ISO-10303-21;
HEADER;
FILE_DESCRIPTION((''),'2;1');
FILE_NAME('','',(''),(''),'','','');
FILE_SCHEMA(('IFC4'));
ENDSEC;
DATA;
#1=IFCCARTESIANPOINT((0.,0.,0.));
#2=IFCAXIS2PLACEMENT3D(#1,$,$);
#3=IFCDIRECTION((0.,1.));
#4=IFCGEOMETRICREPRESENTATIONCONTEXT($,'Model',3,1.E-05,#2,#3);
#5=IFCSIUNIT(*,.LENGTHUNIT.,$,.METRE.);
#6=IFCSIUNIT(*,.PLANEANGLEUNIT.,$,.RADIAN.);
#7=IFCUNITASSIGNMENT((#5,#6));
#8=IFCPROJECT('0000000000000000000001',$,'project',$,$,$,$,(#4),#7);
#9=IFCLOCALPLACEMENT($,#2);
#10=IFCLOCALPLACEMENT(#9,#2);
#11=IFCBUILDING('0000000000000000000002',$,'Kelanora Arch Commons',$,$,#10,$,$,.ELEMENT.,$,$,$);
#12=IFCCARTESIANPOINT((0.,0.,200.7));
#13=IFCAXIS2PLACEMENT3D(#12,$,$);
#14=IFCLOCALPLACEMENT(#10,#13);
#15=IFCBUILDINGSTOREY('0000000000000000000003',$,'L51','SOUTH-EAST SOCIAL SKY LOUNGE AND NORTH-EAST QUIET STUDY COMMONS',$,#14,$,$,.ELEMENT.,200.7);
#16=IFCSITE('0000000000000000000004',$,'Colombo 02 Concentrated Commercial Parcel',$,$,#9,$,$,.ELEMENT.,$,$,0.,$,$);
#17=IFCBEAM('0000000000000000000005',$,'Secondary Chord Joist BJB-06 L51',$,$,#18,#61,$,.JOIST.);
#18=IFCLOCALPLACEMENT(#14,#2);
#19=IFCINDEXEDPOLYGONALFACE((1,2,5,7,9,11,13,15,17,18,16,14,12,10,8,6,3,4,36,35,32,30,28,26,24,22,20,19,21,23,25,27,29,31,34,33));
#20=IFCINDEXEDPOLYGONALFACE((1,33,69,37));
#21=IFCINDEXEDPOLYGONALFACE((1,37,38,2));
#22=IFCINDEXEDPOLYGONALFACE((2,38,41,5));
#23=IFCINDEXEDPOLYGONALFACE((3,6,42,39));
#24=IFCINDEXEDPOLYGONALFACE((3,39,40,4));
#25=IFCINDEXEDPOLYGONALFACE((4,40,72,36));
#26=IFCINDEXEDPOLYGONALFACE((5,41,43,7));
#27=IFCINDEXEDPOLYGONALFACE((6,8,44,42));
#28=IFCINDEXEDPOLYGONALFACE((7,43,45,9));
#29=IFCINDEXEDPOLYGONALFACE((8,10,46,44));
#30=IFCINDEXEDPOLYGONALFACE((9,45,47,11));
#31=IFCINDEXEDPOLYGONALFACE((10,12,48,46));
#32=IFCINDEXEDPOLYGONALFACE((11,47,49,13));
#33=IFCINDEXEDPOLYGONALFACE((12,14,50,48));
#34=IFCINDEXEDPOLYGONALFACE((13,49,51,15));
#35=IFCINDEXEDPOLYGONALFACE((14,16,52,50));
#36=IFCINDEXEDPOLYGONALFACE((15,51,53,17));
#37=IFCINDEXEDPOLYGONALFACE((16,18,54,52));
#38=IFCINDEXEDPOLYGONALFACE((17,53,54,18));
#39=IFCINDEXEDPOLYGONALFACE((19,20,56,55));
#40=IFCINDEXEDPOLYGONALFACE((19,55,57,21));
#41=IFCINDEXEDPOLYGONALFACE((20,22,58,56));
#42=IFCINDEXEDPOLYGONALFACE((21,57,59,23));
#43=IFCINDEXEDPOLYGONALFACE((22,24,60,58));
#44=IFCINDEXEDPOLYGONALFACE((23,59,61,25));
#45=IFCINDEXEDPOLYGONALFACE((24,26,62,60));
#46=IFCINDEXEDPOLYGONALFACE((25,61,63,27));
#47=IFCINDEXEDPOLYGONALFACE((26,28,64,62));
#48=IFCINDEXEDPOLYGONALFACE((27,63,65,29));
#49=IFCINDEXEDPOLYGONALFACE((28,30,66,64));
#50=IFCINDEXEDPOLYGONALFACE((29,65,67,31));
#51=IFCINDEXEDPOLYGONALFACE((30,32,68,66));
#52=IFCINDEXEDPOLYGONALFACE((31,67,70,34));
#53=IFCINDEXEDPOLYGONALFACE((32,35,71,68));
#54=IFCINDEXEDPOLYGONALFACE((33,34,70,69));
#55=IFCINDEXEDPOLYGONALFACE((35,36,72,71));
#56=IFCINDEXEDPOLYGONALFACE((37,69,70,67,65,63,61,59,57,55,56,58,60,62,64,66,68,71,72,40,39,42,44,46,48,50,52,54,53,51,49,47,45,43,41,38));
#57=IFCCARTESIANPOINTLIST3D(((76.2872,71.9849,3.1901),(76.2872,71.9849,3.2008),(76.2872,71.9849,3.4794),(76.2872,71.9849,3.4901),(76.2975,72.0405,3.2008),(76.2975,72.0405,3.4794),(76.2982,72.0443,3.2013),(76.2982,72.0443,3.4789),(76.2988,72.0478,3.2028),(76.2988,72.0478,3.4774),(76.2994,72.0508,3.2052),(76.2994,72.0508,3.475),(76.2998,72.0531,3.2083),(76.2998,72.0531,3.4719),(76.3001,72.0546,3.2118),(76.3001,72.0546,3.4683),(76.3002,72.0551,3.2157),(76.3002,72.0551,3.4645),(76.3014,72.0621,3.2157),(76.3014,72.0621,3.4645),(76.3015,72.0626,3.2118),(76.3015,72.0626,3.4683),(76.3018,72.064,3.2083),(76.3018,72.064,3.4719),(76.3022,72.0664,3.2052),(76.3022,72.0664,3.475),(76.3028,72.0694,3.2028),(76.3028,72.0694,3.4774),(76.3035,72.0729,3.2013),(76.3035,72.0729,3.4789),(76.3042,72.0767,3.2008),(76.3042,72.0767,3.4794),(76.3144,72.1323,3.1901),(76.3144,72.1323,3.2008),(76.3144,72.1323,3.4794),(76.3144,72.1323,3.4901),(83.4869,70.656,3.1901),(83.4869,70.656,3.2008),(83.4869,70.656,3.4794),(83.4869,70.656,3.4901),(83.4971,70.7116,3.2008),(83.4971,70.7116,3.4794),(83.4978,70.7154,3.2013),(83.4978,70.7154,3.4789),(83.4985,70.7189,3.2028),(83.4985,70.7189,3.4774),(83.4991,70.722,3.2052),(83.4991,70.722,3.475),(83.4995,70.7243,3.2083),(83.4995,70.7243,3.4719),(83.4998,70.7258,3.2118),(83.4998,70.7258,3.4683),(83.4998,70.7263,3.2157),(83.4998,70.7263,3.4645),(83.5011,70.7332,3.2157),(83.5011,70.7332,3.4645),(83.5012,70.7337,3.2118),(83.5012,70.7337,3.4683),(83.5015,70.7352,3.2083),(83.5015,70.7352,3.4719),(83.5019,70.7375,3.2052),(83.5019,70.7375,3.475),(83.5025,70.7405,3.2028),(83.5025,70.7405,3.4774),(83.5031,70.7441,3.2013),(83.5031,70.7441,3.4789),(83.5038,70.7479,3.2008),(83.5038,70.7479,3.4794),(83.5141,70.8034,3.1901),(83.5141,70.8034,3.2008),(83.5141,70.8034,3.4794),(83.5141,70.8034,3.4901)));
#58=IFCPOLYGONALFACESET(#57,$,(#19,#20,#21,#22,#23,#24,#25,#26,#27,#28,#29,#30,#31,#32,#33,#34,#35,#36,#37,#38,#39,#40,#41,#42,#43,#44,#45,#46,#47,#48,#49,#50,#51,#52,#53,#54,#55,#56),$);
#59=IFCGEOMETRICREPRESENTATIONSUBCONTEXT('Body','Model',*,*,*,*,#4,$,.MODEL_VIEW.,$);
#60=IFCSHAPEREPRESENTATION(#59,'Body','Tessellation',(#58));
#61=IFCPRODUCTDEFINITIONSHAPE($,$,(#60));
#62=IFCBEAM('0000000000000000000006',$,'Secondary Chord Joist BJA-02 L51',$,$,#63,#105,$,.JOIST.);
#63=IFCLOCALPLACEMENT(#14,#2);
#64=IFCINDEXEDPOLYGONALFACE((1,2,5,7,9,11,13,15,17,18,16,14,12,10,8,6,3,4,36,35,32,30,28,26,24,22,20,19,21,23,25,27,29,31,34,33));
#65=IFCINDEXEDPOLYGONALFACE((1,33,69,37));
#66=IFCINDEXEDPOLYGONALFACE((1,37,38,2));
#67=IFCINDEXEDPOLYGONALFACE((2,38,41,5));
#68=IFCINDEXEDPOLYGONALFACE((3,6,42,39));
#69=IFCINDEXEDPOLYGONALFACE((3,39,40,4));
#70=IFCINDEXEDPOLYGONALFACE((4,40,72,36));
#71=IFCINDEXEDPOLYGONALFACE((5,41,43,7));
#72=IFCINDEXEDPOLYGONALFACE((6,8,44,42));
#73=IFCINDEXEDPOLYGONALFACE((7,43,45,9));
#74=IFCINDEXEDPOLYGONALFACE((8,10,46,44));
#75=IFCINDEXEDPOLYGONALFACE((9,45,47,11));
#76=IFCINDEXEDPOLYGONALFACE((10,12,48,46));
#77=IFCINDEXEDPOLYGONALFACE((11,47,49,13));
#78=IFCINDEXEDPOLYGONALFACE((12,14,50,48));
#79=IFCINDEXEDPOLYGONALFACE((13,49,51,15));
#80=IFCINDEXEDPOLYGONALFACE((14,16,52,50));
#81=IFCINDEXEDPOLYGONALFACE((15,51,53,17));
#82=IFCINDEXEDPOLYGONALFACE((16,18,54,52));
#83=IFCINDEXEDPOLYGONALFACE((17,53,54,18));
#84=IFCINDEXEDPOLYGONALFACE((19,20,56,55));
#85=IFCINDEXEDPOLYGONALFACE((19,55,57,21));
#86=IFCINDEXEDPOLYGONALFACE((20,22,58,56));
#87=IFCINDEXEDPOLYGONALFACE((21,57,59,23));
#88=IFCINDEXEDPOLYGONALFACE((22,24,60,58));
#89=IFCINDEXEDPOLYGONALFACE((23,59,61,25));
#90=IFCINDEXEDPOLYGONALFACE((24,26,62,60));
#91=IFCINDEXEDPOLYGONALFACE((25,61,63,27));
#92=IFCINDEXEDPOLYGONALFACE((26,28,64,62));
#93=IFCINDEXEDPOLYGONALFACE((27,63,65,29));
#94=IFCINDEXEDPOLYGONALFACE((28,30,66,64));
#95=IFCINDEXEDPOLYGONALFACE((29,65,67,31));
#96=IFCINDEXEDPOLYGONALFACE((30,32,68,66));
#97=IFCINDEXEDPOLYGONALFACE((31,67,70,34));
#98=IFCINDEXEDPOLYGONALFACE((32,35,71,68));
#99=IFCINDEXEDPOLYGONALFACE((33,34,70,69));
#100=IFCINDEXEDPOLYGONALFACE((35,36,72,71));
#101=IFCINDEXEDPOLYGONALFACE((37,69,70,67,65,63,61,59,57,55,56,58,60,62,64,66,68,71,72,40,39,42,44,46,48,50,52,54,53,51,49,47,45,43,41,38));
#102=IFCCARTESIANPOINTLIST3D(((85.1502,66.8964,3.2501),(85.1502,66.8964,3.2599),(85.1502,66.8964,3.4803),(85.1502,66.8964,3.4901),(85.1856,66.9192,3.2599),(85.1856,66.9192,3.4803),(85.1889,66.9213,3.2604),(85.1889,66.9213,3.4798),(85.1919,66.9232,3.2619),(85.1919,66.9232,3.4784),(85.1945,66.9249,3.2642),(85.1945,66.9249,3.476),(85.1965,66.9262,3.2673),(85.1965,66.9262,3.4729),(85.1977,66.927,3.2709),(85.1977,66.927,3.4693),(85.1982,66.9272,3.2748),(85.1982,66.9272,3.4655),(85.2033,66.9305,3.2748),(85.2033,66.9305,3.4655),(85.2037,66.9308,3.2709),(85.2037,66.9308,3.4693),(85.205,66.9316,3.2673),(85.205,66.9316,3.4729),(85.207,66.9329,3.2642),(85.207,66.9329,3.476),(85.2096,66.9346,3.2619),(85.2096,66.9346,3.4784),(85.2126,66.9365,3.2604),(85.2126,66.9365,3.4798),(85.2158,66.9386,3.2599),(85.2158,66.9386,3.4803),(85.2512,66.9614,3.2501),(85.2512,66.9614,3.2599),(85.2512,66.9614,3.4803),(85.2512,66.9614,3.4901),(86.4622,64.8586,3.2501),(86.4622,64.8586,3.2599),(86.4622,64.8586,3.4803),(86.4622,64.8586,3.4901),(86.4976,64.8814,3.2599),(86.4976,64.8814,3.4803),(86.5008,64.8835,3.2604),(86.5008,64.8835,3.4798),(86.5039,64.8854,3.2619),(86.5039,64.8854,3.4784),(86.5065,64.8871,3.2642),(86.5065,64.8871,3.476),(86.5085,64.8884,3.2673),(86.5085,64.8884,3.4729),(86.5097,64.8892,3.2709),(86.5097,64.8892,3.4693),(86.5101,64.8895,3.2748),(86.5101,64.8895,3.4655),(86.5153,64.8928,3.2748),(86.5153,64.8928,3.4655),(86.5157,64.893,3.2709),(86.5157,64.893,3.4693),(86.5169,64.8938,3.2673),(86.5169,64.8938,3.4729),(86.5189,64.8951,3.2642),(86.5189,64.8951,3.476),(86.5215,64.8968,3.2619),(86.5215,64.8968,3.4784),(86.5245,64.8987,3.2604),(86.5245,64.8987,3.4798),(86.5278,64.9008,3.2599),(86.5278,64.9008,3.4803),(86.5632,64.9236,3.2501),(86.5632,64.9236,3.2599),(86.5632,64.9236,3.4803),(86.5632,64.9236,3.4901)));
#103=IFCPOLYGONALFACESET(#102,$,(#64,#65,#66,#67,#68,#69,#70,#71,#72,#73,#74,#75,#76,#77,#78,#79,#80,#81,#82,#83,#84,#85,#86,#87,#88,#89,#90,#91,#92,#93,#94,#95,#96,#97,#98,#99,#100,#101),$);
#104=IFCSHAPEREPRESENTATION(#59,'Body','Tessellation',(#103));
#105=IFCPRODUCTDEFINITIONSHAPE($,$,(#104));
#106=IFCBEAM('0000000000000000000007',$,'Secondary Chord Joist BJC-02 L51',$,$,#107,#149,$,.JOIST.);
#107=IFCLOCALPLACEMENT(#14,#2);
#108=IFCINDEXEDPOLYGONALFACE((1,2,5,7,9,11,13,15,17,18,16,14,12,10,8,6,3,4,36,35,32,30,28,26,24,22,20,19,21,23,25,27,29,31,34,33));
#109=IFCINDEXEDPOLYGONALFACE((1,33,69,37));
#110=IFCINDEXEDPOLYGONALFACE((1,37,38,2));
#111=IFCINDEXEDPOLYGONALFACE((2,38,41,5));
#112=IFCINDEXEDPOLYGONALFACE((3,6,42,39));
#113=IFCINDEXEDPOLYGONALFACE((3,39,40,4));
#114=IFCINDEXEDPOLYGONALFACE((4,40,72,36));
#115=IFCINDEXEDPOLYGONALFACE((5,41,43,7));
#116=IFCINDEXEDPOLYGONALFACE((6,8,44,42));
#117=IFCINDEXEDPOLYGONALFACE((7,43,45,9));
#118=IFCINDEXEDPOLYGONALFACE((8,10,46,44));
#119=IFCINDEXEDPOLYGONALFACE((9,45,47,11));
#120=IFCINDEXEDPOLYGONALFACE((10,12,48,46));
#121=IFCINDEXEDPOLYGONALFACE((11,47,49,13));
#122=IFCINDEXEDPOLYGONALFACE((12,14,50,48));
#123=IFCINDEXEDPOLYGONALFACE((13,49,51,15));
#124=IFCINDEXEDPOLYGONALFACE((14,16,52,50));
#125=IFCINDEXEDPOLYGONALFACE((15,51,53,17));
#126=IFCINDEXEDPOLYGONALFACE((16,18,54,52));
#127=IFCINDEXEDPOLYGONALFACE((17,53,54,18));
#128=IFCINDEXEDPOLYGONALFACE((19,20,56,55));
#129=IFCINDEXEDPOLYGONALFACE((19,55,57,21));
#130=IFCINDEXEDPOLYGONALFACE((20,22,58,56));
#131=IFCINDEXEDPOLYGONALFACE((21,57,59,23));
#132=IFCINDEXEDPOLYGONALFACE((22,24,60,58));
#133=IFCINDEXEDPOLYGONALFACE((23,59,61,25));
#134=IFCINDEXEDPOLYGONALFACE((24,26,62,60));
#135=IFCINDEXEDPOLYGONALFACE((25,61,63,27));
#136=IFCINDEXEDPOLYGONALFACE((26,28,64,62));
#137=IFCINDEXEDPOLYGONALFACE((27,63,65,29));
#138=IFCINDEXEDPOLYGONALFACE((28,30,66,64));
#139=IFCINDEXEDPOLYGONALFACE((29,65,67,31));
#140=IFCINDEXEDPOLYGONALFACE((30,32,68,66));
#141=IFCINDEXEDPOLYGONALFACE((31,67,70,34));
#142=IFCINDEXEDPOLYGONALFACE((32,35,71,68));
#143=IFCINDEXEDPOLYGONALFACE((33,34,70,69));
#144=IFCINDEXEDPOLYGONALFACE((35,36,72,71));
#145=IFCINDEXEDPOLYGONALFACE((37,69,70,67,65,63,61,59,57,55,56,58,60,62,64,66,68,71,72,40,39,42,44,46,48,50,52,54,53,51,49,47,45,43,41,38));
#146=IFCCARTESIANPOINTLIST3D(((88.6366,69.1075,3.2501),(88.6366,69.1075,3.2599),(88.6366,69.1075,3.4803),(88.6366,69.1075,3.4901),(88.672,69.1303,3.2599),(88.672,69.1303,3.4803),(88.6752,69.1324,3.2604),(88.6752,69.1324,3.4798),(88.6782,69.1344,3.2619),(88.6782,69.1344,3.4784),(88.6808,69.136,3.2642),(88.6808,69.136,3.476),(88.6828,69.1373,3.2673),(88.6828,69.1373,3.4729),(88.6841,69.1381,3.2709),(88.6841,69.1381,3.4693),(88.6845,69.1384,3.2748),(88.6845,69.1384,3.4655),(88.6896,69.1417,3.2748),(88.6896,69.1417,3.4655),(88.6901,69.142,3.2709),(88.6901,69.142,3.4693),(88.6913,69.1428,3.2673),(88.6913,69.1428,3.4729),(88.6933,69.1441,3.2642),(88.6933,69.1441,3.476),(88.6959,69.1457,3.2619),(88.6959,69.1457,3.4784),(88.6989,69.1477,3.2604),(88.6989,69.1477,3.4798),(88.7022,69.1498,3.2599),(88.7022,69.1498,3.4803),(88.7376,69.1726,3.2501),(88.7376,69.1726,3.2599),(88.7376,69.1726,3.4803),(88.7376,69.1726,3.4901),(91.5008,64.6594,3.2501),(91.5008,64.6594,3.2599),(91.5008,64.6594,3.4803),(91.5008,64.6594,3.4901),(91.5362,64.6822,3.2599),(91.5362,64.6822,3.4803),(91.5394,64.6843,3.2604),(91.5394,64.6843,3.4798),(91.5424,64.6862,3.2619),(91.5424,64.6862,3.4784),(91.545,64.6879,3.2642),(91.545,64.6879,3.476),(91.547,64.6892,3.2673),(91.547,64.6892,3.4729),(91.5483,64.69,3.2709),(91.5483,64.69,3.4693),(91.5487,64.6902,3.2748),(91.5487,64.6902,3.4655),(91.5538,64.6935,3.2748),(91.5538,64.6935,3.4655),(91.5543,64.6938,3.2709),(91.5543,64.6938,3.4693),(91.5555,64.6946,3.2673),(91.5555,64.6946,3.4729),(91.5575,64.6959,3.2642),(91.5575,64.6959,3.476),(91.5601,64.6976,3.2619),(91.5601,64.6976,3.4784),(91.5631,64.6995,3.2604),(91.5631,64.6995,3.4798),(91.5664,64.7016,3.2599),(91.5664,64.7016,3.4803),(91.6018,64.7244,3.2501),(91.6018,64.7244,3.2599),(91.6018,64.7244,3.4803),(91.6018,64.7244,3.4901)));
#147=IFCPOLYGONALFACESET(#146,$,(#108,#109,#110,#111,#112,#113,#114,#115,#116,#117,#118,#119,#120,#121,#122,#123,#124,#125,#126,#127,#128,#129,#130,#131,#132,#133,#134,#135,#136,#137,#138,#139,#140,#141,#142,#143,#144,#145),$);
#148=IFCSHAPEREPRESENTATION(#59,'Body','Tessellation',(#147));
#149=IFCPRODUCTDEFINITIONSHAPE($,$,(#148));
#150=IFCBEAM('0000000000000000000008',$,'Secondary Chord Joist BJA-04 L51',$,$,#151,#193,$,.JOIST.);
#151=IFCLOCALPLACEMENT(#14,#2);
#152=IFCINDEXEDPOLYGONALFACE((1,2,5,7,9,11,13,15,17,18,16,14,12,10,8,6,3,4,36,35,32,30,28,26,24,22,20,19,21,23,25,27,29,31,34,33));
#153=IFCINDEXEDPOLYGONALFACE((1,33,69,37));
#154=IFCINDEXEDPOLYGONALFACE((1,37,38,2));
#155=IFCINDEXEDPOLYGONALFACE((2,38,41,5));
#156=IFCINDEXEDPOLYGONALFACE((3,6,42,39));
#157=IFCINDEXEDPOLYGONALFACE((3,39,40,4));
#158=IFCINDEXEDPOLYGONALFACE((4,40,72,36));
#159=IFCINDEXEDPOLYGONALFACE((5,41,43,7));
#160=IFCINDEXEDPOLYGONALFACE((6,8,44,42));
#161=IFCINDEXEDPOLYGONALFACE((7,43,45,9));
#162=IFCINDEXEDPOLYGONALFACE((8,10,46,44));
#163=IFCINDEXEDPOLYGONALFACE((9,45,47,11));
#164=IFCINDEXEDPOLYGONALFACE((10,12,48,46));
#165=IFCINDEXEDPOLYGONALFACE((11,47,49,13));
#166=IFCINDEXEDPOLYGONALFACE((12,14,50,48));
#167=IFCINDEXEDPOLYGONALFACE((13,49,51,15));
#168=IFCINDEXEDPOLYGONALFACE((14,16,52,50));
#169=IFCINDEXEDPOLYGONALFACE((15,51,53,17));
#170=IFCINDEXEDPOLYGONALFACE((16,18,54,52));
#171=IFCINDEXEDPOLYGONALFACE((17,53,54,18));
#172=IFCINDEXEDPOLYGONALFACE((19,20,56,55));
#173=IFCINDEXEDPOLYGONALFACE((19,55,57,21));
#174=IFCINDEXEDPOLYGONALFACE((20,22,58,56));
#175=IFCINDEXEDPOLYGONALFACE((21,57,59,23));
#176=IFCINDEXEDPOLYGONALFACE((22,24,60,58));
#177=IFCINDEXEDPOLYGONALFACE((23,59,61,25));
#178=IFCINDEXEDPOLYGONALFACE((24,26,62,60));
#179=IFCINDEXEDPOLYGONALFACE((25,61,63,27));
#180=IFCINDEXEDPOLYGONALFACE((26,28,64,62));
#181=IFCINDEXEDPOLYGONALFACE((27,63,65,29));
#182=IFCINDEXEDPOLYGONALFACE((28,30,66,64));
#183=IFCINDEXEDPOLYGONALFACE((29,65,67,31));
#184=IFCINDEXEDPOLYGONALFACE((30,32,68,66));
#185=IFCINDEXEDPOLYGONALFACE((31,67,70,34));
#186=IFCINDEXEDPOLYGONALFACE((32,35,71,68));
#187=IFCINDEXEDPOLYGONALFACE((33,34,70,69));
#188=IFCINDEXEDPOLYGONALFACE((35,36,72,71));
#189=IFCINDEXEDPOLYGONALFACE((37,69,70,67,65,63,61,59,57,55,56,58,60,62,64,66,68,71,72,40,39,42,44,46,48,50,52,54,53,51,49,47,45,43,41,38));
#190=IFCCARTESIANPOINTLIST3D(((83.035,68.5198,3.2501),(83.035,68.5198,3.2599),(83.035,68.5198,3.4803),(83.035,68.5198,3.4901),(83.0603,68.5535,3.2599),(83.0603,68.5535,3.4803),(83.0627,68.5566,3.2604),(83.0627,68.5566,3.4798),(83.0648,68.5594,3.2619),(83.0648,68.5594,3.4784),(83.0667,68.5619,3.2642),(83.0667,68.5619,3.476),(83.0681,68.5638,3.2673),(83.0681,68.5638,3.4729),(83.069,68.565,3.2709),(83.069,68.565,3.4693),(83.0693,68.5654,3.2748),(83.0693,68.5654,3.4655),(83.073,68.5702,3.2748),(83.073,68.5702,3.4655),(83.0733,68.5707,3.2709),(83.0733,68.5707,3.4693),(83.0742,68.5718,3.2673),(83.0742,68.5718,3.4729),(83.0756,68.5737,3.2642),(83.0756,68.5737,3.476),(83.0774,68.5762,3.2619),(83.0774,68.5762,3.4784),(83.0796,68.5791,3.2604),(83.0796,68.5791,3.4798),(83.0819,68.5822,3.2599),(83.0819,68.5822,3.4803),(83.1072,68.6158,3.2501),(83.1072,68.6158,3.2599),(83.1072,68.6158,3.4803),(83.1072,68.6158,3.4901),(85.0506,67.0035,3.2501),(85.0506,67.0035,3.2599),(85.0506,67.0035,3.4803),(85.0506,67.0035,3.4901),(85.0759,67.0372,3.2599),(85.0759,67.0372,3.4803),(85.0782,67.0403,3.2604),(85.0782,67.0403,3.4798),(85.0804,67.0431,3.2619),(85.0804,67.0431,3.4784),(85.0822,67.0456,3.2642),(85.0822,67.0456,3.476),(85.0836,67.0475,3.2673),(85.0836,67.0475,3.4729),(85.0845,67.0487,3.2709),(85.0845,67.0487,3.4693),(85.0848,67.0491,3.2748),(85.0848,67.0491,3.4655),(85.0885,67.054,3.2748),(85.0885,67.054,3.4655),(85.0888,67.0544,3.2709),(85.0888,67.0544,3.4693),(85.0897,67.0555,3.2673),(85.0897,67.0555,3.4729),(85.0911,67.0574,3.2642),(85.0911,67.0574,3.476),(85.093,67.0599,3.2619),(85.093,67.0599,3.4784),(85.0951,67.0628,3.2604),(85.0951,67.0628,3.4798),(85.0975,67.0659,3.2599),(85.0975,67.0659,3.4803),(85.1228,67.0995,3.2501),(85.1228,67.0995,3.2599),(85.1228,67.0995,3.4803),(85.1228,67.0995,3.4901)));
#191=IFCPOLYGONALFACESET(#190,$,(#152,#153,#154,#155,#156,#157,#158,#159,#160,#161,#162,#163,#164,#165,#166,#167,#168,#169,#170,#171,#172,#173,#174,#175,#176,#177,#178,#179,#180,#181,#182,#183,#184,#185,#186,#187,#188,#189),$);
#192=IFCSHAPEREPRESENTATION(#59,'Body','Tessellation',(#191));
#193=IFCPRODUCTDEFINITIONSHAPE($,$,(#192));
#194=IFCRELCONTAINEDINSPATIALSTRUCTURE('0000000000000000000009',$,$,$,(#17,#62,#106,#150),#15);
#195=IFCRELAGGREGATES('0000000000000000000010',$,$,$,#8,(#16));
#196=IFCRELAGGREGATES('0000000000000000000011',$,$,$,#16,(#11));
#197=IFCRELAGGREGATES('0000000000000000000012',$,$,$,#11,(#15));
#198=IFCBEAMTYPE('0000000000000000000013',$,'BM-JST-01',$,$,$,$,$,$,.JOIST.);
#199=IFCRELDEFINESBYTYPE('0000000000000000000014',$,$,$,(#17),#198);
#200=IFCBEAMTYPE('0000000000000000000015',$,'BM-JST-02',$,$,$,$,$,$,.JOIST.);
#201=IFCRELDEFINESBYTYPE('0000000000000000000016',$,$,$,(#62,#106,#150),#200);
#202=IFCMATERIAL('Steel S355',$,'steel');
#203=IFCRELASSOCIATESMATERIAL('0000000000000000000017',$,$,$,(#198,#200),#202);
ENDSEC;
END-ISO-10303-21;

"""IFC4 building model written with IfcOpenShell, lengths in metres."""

from ifc_helpers import new_model, si_unit, direction, frame, origin, origin_2d, place, context, subcontext, project, spatial, i_section, extrude, material, material_profile, profile_set, type_object, element, save


model = new_model("IFC4")

# Units and contexts
model_context = context("Model", 3, precision=1e-05, world=origin(), true_north=direction((0.0, 1.0)))
body_context = subcontext(model_context, "Body", "Model", "MODEL_VIEW")
ifc_project = project(units=[si_unit("LENGTHUNIT", "METRE"), si_unit("PLANEANGLEUNIT", "RADIAN")], contexts=[model_context])

# Site, building, storey
site_placement = place(None, origin())
site = spatial("IfcSite", under=ifc_project, at=site_placement, Name="Colombo 02 Concentrated Commercial Parcel", CompositionType="ELEMENT", RefElevation=0.0)
building_placement = place(site_placement, origin())
building = spatial("IfcBuilding", under=site, at=building_placement, Name="Kelanora Arch Commons", CompositionType="ELEMENT")
storey_placement = place(building_placement, frame((0.0, 0.0, 200.7)))
storey = spatial("IfcBuildingStorey", under=building, at=storey_placement, Name="L51", Description="SOUTH-EAST SOCIAL SKY LOUNGE AND NORTH-EAST QUIET STUDY COMMONS", CompositionType="ELEMENT", Elevation=200.7)

# Beams
ifc_material_1 = material(Name="Steel S355", Category="steel")
ifc_material_profile_1 = material_profile(ifc_material_1, i_section(OverallWidth=0.1499, OverallDepth=0.3, WebThickness=0.0071, FlangeThickness=0.0107, FilletRadius=0.0149, at=origin_2d()), Name="IPE300")
ifc_profile_set_1 = profile_set([ifc_material_profile_1], Name="Steel S355")
beam_type_1 = type_object("IfcBeamType", Name="BM-JST-01", PredefinedType="JOIST", material=ifc_profile_set_1)
beam_1_placement = place(storey_placement, frame((83.5005, 70.7297, 3.3401), z_axis=(-0.98339, 0.181505, 0.0), x_axis=(-0.181505, -0.98339, 0.0)))
element("IfcBeam", 1, at=beam_1_placement, inside=storey, type_object=beam_type_1, Name="Secondary Chord Joist BJB-06 L51", PredefinedType="JOIST", context=body_context, shape_type="SweptSolid", body=[
    extrude(i_section(OverallWidth=0.1499, OverallDepth=0.3, WebThickness=0.0071, FlangeThickness=0.0107, FilletRadius=0.0149, at=origin_2d()), origin(), (0.0, 0.0, 1.0), 7.3213),
])
ifc_material_profile_2 = material_profile(ifc_material_1, i_section(OverallWidth=0.1201, OverallDepth=0.24, WebThickness=0.0061, FlangeThickness=0.0098, FilletRadius=0.0149, at=origin_2d()), Name="IPE240")
ifc_profile_set_2 = profile_set([ifc_material_profile_2], Name="Steel S355")
beam_type_2 = type_object("IfcBeamType", Name="BM-JST-02", PredefinedType="JOIST", material=ifc_profile_set_2)
beam_2_placement = place(storey_placement, frame((86.5127, 64.8911, 3.3701), z_axis=(-0.541333, 0.840808, 0.0), x_axis=(-0.840808, -0.541333, 0.0)))
element("IfcBeam", 2, at=beam_2_placement, inside=storey, type_object=beam_type_2, Name="Secondary Chord Joist BJA-02 L51", PredefinedType="JOIST", context=body_context, shape_type="SweptSolid", body=[
    extrude(i_section(OverallWidth=0.1201, OverallDepth=0.24, WebThickness=0.0061, FlangeThickness=0.0098, FilletRadius=0.0149, at=origin_2d()), origin(), (0.0, 0.0, 1.0), 2.4236),
])
beam_3_placement = place(storey_placement, frame((91.5513, 64.6919, 3.3701), z_axis=(-0.541382, 0.840776, 0.0), x_axis=(-0.840776, -0.541382, 0.0)))
element("IfcBeam", 3, at=beam_3_placement, inside=storey, type_object=beam_type_2, Name="Secondary Chord Joist BJC-02 L51", PredefinedType="JOIST", context=body_context, shape_type="SweptSolid", body=[
    extrude(i_section(OverallWidth=0.1201, OverallDepth=0.24, WebThickness=0.0061, FlangeThickness=0.0098, FilletRadius=0.0149, at=origin_2d()), origin(), (0.0, 0.0, 1.0), 5.2905),
])
beam_4_placement = place(storey_placement, frame((85.0867, 67.0515, 3.3701), z_axis=(-0.799116, 0.601176, 0.0), x_axis=(-0.601176, -0.799116, 0.0)))
element("IfcBeam", 4, at=beam_4_placement, inside=storey, type_object=beam_type_2, Name="Secondary Chord Joist BJA-04 L51", PredefinedType="JOIST", context=body_context, shape_type="SweptSolid", body=[
    extrude(i_section(OverallWidth=0.1201, OverallDepth=0.24, WebThickness=0.0061, FlangeThickness=0.0098, FilletRadius=0.0149, at=origin_2d()), origin(), (0.0, 0.0, 1.0), 2.5222),
])

save(model, "model.ifc")
